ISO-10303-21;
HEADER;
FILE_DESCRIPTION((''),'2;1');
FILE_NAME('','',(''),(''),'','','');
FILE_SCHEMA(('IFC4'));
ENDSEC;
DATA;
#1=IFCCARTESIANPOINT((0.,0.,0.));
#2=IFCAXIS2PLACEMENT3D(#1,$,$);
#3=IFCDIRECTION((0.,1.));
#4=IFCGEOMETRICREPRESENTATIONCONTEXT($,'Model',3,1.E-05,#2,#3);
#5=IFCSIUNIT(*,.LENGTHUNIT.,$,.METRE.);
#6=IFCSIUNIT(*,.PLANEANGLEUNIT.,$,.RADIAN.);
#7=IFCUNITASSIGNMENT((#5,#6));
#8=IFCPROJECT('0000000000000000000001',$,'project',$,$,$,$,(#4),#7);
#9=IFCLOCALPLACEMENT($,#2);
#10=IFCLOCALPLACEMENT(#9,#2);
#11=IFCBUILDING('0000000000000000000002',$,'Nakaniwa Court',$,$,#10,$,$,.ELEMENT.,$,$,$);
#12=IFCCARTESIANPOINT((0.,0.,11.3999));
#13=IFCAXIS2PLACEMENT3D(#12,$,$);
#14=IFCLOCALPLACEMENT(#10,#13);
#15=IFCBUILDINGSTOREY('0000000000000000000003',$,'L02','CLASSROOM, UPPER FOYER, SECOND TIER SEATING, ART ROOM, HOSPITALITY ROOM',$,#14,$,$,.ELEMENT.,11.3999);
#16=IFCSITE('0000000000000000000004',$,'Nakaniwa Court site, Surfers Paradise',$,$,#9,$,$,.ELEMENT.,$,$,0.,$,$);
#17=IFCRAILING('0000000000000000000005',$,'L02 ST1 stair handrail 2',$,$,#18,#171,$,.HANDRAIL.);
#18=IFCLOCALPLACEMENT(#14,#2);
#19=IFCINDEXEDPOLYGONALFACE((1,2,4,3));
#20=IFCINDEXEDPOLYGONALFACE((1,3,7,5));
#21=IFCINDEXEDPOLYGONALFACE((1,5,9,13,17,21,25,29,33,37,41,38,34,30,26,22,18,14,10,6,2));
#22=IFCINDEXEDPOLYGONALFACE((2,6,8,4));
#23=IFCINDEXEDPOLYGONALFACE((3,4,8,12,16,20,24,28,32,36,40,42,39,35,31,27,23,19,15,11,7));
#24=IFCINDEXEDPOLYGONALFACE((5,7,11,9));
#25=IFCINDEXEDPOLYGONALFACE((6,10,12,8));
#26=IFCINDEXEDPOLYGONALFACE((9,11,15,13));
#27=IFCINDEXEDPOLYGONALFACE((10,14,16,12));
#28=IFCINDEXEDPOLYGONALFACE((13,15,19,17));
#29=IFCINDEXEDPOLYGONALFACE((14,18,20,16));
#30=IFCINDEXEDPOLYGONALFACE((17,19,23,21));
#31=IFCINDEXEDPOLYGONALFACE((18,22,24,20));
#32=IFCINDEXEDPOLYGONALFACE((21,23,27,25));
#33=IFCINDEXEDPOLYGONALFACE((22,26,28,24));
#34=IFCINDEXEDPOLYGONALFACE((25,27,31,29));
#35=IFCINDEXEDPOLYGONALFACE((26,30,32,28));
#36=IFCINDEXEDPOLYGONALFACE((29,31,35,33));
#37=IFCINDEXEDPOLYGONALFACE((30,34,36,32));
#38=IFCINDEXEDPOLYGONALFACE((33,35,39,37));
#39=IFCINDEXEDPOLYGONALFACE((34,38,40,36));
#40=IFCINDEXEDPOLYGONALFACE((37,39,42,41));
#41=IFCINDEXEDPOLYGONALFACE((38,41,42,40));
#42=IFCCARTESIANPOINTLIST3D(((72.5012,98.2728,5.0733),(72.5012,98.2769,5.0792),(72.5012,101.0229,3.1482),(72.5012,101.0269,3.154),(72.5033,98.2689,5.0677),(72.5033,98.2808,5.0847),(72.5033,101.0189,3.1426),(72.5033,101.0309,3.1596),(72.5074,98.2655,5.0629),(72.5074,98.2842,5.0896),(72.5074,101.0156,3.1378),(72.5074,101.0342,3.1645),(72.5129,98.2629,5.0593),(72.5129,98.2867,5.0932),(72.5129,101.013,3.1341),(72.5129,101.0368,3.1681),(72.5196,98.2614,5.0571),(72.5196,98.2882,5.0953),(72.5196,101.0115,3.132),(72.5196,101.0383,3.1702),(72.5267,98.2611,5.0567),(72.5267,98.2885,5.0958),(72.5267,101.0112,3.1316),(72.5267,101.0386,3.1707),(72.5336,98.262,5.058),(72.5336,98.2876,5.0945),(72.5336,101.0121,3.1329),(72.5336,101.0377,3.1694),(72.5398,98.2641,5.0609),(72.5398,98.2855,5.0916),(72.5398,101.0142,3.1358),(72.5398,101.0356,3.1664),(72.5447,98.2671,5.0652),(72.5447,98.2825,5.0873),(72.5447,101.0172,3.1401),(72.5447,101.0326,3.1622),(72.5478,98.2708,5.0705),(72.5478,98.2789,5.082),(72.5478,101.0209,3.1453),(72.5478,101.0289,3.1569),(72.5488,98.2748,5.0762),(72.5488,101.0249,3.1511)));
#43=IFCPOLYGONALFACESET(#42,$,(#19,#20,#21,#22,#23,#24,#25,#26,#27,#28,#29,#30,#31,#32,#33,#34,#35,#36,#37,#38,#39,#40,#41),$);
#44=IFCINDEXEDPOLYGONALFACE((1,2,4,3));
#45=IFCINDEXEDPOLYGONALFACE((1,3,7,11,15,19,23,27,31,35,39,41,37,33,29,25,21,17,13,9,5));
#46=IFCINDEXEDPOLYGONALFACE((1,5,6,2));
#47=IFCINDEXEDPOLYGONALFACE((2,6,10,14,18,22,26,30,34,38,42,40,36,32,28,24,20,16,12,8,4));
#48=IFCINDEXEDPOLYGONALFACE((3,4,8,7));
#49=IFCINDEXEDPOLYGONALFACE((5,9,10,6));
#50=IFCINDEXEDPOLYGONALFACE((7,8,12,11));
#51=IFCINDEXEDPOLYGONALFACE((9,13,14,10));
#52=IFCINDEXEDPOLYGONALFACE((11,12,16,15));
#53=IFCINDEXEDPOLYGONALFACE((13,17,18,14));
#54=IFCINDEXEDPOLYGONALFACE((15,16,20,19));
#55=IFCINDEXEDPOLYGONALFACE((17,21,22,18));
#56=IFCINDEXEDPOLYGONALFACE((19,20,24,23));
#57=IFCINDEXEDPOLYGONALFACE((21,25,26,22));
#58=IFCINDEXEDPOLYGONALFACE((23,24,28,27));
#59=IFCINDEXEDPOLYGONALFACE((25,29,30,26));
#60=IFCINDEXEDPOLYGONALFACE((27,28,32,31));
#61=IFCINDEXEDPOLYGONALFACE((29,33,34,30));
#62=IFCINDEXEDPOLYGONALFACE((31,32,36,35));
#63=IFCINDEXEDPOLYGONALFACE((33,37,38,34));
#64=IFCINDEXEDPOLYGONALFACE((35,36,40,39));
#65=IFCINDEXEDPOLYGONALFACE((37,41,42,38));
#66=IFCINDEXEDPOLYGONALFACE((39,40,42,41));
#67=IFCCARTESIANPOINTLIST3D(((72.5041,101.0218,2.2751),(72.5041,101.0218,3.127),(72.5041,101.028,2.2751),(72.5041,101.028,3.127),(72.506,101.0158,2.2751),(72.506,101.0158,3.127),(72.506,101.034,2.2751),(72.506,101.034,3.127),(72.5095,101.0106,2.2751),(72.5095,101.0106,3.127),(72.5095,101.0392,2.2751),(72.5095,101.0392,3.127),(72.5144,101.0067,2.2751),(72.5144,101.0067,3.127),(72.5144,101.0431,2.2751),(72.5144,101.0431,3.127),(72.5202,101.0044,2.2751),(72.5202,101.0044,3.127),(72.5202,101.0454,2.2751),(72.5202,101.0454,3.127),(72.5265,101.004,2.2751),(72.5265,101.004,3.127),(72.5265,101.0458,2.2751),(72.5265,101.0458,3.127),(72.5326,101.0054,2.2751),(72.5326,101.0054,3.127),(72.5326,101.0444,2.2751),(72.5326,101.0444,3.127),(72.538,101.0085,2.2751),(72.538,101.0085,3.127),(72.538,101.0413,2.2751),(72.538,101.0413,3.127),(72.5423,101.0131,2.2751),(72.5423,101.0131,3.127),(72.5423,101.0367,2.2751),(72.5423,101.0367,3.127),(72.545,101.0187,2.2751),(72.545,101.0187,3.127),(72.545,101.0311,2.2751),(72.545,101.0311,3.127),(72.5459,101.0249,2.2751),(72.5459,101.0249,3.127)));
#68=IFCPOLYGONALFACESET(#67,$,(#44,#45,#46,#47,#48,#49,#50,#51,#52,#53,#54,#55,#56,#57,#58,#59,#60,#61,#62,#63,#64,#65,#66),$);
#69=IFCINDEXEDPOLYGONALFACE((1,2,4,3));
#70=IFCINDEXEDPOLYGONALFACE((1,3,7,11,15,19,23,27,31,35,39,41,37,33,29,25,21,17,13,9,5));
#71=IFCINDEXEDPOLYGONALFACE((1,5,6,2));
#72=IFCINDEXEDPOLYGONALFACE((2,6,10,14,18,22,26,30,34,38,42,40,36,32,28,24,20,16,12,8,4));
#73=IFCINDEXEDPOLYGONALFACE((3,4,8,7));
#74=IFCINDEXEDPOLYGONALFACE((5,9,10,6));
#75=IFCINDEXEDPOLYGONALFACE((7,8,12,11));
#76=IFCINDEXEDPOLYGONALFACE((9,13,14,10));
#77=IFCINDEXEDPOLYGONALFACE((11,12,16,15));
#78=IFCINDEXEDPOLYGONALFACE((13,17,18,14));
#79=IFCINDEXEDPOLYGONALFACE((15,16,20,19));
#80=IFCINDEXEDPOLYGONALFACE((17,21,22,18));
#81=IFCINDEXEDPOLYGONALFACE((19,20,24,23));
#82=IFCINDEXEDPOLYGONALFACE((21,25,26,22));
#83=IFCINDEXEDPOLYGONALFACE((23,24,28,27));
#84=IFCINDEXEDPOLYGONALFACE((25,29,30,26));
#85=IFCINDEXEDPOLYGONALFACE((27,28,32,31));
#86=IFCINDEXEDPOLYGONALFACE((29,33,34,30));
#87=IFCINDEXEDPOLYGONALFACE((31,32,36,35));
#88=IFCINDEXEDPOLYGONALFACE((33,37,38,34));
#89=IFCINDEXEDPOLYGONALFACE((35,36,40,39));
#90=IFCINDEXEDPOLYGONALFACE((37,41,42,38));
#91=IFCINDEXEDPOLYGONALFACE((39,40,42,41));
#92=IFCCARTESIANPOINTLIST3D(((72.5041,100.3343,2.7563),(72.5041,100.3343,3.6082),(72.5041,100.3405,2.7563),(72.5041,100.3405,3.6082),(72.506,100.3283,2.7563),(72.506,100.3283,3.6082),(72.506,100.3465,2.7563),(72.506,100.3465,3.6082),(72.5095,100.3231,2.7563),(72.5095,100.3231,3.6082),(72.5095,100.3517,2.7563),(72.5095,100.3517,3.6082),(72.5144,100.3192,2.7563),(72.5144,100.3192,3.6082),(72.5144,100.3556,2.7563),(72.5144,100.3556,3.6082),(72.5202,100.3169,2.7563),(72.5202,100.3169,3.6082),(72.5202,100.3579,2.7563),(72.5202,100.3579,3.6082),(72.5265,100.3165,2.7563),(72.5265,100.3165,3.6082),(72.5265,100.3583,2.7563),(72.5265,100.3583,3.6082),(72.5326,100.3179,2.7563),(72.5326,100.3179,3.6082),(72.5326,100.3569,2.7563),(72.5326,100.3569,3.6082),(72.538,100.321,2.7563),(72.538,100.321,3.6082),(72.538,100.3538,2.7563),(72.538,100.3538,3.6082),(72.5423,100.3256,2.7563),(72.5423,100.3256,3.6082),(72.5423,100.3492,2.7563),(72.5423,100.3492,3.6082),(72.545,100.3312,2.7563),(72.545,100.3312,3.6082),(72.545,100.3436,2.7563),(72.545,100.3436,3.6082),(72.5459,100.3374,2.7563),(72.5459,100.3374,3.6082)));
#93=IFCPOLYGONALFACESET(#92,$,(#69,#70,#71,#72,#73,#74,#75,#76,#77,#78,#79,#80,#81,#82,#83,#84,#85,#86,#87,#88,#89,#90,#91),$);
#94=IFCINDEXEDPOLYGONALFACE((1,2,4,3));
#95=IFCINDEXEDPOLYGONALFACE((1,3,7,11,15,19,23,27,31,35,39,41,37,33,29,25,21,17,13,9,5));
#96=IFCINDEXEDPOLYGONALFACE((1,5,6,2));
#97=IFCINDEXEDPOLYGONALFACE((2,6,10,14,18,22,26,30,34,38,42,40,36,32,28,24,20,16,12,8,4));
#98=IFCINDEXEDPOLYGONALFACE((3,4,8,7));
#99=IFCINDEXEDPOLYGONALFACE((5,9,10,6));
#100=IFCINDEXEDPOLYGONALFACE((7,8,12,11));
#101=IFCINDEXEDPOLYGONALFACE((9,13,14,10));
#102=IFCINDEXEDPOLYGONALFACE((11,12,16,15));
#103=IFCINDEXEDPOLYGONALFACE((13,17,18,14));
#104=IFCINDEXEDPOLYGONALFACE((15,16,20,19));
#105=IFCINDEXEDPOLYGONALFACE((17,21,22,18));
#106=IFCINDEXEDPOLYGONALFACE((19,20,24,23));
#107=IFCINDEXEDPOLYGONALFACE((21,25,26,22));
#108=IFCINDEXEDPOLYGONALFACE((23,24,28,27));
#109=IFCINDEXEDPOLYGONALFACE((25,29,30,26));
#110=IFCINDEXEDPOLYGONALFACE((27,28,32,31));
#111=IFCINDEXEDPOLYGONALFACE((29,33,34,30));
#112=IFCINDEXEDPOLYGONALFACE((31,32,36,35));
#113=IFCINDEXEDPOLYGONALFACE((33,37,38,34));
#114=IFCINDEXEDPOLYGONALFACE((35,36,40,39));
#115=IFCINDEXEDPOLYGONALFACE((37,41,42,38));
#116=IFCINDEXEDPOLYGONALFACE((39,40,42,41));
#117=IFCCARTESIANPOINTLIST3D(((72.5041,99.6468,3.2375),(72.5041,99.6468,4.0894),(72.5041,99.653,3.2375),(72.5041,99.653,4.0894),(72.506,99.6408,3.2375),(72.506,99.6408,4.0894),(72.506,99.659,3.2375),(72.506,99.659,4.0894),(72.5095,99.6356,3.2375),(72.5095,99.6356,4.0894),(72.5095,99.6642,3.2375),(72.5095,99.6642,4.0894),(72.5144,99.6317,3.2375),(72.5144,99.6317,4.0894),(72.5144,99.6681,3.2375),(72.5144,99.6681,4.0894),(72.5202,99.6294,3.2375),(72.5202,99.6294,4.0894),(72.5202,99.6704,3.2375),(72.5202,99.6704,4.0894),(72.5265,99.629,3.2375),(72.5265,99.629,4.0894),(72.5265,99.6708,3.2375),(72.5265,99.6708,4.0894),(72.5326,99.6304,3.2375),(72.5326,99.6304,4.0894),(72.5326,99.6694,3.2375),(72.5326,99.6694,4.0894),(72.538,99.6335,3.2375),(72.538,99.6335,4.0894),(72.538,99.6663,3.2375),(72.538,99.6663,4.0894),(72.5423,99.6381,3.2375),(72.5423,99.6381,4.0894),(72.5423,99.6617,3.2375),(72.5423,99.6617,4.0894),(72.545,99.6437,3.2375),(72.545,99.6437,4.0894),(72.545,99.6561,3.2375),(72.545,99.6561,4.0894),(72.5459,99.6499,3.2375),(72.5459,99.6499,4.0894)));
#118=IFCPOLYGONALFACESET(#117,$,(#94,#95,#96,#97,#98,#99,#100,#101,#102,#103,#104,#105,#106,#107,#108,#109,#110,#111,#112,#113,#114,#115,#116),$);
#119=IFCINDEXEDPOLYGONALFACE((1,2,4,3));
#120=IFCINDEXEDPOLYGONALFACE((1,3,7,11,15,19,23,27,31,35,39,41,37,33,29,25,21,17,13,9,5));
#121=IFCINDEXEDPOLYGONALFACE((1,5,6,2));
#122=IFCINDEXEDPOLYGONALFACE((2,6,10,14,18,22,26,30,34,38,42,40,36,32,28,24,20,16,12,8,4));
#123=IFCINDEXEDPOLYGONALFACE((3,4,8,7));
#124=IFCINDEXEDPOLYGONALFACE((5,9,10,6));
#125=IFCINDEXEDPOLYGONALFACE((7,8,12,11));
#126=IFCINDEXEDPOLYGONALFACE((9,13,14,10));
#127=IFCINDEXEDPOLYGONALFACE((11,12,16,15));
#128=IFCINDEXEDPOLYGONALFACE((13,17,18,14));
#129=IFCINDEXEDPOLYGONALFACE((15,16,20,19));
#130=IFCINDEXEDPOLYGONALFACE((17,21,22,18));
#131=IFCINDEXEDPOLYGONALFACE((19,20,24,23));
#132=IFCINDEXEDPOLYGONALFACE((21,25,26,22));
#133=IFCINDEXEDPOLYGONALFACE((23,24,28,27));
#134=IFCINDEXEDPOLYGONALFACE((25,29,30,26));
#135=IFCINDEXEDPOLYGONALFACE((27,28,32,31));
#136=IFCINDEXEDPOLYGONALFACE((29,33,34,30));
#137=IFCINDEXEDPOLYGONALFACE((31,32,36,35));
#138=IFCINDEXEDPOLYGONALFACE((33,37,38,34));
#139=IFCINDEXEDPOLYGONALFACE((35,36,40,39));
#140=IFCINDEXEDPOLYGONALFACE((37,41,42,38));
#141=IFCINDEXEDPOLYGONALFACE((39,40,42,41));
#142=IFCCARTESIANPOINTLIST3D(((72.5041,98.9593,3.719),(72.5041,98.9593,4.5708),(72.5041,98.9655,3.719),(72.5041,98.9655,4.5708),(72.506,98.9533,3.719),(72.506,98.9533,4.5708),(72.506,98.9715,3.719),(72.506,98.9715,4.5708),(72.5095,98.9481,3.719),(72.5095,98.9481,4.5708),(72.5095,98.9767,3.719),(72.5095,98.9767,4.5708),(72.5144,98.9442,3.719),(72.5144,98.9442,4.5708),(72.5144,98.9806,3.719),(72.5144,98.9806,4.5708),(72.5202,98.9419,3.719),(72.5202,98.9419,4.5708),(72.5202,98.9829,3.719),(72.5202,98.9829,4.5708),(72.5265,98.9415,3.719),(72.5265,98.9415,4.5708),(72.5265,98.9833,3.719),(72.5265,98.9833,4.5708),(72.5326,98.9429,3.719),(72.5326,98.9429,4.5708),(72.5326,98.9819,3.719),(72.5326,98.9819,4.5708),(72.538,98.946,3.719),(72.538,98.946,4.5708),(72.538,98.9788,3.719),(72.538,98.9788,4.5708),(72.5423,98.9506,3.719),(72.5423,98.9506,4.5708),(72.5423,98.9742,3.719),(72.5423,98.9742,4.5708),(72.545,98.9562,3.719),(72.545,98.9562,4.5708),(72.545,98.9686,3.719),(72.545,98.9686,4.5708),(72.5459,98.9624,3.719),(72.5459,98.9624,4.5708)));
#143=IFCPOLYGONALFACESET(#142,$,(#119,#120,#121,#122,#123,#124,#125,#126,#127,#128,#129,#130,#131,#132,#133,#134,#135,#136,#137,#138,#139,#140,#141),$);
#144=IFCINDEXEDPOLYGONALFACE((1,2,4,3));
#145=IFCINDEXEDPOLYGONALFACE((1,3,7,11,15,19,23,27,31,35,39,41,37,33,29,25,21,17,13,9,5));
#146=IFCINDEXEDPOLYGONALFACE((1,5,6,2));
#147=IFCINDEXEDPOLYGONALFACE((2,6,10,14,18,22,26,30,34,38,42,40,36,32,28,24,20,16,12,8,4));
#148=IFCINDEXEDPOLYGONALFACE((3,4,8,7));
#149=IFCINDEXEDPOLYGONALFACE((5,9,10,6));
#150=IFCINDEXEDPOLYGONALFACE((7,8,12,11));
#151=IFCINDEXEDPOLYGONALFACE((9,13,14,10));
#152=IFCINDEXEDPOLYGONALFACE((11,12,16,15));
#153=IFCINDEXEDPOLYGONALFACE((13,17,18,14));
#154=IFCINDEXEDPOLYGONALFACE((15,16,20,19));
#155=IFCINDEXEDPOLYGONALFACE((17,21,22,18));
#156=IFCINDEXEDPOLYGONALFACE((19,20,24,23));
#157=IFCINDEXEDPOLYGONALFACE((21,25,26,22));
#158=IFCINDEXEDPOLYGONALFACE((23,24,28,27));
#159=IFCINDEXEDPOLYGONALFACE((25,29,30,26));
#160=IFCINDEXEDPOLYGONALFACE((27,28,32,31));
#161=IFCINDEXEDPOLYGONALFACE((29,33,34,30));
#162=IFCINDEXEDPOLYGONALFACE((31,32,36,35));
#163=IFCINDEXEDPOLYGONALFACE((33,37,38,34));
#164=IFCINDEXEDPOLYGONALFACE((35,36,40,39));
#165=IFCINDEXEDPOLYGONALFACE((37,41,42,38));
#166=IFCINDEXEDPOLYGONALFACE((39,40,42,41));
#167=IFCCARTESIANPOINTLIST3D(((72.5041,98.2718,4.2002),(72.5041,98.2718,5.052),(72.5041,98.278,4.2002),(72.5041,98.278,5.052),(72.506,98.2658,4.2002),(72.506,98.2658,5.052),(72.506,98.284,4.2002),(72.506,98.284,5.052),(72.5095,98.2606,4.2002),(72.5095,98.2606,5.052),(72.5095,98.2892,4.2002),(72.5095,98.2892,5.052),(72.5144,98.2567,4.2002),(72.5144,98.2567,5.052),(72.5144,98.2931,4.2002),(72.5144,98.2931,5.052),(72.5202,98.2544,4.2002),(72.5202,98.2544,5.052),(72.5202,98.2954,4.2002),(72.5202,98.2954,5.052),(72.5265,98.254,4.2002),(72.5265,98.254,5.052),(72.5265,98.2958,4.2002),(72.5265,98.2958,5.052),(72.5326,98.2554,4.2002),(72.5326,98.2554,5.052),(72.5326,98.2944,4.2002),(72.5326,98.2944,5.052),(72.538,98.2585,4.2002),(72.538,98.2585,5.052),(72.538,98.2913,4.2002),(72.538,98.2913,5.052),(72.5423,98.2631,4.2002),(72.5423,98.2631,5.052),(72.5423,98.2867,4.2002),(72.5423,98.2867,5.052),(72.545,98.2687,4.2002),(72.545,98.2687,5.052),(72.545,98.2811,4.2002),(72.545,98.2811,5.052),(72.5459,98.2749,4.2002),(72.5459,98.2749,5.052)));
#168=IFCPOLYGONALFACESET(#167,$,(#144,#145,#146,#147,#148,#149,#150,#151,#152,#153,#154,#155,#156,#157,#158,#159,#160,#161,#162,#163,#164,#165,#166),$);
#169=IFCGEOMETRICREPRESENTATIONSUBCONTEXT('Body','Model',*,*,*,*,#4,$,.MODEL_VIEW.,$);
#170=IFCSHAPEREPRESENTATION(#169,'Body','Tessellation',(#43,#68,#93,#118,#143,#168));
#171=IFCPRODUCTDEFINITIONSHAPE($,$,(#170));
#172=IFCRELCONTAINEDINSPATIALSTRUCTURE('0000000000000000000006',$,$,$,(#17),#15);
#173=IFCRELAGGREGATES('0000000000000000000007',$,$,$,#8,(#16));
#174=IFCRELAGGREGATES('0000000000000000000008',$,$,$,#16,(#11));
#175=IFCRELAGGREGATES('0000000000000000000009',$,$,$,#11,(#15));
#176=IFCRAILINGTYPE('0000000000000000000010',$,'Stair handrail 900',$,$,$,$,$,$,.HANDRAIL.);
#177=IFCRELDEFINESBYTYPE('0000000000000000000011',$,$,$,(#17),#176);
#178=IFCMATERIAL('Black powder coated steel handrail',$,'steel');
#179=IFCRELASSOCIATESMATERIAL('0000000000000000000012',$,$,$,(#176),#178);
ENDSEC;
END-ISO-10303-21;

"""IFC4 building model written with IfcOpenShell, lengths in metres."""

from ifc_helpers import new_model, si_unit, direction, frame, origin, origin_2d, place, context, subcontext, project, spatial, circle, extrude, material, type_object, element, save


model = new_model("IFC4")

# Units and contexts
model_context = context("Model", 3, precision=1e-05, world=origin(), true_north=direction((0.0, 1.0)))
body_context = subcontext(model_context, "Body", "Model", "MODEL_VIEW")
ifc_project = project(units=[si_unit("LENGTHUNIT", "METRE"), si_unit("PLANEANGLEUNIT", "RADIAN")], contexts=[model_context])

# Site, building, storey
site_placement = place(None, origin())
site = spatial("IfcSite", under=ifc_project, at=site_placement, Name="Nakaniwa Court site, Surfers Paradise", CompositionType="ELEMENT", RefElevation=0.0)
building_placement = place(site_placement, origin())
building = spatial("IfcBuilding", under=site, at=building_placement, Name="Nakaniwa Court", CompositionType="ELEMENT")
storey_placement = place(building_placement, frame((0.0, 0.0, 11.3999)))
storey = spatial("IfcBuildingStorey", under=building, at=storey_placement, Name="L02", Description="CLASSROOM, UPPER FOYER, SECOND TIER SEATING, ART ROOM, HOSPITALITY ROOM", CompositionType="ELEMENT", Elevation=11.3999)

# Railing
ifc_material_1 = material(Name="Black powder coated steel handrail", Category="steel")
railing_type_1 = type_object("IfcRailingType", Name="Stair handrail 900", PredefinedType="HANDRAIL", material=ifc_material_1)
railing_1_placement = place(storey_placement, frame((72.5249, 101.0249, 2.2751)))
element("IfcRailing", 1, at=railing_1_placement, inside=storey, type_object=railing_type_1, Name="L02 ST1 stair handrail 2", PredefinedType="HANDRAIL", context=body_context, shape_type="SweptSolid", body=[
    extrude(circle(Radius=0.0239, at=origin_2d()), frame((0.0, 0.0, 0.876), z_axis=(0.0, -0.819225, 0.573472), x_axis=(1.0, 0.0, 0.0)), (0.0, 0.0, 1.0), 3.3569),
    extrude(circle(Radius=0.021, at=origin_2d()), origin(), (0.0, 0.0, 1.0), 0.8518),
    extrude(circle(Radius=0.021, at=origin_2d()), frame((0.0, -0.6875, 0.4812)), (0.0, 0.0, 1.0), 0.8518),
    extrude(circle(Radius=0.021, at=origin_2d()), frame((0.0, -1.375, 0.9624)), (0.0, 0.0, 1.0), 0.8518),
    extrude(circle(Radius=0.021, at=origin_2d()), frame((0.0, -2.0625, 1.4438)), (0.0, 0.0, 1.0), 0.8518),
    extrude(circle(Radius=0.021, at=origin_2d()), frame((0.0, -2.75, 1.925)), (0.0, 0.0, 1.0), 0.8518),
])

save(model, "model.ifc")
